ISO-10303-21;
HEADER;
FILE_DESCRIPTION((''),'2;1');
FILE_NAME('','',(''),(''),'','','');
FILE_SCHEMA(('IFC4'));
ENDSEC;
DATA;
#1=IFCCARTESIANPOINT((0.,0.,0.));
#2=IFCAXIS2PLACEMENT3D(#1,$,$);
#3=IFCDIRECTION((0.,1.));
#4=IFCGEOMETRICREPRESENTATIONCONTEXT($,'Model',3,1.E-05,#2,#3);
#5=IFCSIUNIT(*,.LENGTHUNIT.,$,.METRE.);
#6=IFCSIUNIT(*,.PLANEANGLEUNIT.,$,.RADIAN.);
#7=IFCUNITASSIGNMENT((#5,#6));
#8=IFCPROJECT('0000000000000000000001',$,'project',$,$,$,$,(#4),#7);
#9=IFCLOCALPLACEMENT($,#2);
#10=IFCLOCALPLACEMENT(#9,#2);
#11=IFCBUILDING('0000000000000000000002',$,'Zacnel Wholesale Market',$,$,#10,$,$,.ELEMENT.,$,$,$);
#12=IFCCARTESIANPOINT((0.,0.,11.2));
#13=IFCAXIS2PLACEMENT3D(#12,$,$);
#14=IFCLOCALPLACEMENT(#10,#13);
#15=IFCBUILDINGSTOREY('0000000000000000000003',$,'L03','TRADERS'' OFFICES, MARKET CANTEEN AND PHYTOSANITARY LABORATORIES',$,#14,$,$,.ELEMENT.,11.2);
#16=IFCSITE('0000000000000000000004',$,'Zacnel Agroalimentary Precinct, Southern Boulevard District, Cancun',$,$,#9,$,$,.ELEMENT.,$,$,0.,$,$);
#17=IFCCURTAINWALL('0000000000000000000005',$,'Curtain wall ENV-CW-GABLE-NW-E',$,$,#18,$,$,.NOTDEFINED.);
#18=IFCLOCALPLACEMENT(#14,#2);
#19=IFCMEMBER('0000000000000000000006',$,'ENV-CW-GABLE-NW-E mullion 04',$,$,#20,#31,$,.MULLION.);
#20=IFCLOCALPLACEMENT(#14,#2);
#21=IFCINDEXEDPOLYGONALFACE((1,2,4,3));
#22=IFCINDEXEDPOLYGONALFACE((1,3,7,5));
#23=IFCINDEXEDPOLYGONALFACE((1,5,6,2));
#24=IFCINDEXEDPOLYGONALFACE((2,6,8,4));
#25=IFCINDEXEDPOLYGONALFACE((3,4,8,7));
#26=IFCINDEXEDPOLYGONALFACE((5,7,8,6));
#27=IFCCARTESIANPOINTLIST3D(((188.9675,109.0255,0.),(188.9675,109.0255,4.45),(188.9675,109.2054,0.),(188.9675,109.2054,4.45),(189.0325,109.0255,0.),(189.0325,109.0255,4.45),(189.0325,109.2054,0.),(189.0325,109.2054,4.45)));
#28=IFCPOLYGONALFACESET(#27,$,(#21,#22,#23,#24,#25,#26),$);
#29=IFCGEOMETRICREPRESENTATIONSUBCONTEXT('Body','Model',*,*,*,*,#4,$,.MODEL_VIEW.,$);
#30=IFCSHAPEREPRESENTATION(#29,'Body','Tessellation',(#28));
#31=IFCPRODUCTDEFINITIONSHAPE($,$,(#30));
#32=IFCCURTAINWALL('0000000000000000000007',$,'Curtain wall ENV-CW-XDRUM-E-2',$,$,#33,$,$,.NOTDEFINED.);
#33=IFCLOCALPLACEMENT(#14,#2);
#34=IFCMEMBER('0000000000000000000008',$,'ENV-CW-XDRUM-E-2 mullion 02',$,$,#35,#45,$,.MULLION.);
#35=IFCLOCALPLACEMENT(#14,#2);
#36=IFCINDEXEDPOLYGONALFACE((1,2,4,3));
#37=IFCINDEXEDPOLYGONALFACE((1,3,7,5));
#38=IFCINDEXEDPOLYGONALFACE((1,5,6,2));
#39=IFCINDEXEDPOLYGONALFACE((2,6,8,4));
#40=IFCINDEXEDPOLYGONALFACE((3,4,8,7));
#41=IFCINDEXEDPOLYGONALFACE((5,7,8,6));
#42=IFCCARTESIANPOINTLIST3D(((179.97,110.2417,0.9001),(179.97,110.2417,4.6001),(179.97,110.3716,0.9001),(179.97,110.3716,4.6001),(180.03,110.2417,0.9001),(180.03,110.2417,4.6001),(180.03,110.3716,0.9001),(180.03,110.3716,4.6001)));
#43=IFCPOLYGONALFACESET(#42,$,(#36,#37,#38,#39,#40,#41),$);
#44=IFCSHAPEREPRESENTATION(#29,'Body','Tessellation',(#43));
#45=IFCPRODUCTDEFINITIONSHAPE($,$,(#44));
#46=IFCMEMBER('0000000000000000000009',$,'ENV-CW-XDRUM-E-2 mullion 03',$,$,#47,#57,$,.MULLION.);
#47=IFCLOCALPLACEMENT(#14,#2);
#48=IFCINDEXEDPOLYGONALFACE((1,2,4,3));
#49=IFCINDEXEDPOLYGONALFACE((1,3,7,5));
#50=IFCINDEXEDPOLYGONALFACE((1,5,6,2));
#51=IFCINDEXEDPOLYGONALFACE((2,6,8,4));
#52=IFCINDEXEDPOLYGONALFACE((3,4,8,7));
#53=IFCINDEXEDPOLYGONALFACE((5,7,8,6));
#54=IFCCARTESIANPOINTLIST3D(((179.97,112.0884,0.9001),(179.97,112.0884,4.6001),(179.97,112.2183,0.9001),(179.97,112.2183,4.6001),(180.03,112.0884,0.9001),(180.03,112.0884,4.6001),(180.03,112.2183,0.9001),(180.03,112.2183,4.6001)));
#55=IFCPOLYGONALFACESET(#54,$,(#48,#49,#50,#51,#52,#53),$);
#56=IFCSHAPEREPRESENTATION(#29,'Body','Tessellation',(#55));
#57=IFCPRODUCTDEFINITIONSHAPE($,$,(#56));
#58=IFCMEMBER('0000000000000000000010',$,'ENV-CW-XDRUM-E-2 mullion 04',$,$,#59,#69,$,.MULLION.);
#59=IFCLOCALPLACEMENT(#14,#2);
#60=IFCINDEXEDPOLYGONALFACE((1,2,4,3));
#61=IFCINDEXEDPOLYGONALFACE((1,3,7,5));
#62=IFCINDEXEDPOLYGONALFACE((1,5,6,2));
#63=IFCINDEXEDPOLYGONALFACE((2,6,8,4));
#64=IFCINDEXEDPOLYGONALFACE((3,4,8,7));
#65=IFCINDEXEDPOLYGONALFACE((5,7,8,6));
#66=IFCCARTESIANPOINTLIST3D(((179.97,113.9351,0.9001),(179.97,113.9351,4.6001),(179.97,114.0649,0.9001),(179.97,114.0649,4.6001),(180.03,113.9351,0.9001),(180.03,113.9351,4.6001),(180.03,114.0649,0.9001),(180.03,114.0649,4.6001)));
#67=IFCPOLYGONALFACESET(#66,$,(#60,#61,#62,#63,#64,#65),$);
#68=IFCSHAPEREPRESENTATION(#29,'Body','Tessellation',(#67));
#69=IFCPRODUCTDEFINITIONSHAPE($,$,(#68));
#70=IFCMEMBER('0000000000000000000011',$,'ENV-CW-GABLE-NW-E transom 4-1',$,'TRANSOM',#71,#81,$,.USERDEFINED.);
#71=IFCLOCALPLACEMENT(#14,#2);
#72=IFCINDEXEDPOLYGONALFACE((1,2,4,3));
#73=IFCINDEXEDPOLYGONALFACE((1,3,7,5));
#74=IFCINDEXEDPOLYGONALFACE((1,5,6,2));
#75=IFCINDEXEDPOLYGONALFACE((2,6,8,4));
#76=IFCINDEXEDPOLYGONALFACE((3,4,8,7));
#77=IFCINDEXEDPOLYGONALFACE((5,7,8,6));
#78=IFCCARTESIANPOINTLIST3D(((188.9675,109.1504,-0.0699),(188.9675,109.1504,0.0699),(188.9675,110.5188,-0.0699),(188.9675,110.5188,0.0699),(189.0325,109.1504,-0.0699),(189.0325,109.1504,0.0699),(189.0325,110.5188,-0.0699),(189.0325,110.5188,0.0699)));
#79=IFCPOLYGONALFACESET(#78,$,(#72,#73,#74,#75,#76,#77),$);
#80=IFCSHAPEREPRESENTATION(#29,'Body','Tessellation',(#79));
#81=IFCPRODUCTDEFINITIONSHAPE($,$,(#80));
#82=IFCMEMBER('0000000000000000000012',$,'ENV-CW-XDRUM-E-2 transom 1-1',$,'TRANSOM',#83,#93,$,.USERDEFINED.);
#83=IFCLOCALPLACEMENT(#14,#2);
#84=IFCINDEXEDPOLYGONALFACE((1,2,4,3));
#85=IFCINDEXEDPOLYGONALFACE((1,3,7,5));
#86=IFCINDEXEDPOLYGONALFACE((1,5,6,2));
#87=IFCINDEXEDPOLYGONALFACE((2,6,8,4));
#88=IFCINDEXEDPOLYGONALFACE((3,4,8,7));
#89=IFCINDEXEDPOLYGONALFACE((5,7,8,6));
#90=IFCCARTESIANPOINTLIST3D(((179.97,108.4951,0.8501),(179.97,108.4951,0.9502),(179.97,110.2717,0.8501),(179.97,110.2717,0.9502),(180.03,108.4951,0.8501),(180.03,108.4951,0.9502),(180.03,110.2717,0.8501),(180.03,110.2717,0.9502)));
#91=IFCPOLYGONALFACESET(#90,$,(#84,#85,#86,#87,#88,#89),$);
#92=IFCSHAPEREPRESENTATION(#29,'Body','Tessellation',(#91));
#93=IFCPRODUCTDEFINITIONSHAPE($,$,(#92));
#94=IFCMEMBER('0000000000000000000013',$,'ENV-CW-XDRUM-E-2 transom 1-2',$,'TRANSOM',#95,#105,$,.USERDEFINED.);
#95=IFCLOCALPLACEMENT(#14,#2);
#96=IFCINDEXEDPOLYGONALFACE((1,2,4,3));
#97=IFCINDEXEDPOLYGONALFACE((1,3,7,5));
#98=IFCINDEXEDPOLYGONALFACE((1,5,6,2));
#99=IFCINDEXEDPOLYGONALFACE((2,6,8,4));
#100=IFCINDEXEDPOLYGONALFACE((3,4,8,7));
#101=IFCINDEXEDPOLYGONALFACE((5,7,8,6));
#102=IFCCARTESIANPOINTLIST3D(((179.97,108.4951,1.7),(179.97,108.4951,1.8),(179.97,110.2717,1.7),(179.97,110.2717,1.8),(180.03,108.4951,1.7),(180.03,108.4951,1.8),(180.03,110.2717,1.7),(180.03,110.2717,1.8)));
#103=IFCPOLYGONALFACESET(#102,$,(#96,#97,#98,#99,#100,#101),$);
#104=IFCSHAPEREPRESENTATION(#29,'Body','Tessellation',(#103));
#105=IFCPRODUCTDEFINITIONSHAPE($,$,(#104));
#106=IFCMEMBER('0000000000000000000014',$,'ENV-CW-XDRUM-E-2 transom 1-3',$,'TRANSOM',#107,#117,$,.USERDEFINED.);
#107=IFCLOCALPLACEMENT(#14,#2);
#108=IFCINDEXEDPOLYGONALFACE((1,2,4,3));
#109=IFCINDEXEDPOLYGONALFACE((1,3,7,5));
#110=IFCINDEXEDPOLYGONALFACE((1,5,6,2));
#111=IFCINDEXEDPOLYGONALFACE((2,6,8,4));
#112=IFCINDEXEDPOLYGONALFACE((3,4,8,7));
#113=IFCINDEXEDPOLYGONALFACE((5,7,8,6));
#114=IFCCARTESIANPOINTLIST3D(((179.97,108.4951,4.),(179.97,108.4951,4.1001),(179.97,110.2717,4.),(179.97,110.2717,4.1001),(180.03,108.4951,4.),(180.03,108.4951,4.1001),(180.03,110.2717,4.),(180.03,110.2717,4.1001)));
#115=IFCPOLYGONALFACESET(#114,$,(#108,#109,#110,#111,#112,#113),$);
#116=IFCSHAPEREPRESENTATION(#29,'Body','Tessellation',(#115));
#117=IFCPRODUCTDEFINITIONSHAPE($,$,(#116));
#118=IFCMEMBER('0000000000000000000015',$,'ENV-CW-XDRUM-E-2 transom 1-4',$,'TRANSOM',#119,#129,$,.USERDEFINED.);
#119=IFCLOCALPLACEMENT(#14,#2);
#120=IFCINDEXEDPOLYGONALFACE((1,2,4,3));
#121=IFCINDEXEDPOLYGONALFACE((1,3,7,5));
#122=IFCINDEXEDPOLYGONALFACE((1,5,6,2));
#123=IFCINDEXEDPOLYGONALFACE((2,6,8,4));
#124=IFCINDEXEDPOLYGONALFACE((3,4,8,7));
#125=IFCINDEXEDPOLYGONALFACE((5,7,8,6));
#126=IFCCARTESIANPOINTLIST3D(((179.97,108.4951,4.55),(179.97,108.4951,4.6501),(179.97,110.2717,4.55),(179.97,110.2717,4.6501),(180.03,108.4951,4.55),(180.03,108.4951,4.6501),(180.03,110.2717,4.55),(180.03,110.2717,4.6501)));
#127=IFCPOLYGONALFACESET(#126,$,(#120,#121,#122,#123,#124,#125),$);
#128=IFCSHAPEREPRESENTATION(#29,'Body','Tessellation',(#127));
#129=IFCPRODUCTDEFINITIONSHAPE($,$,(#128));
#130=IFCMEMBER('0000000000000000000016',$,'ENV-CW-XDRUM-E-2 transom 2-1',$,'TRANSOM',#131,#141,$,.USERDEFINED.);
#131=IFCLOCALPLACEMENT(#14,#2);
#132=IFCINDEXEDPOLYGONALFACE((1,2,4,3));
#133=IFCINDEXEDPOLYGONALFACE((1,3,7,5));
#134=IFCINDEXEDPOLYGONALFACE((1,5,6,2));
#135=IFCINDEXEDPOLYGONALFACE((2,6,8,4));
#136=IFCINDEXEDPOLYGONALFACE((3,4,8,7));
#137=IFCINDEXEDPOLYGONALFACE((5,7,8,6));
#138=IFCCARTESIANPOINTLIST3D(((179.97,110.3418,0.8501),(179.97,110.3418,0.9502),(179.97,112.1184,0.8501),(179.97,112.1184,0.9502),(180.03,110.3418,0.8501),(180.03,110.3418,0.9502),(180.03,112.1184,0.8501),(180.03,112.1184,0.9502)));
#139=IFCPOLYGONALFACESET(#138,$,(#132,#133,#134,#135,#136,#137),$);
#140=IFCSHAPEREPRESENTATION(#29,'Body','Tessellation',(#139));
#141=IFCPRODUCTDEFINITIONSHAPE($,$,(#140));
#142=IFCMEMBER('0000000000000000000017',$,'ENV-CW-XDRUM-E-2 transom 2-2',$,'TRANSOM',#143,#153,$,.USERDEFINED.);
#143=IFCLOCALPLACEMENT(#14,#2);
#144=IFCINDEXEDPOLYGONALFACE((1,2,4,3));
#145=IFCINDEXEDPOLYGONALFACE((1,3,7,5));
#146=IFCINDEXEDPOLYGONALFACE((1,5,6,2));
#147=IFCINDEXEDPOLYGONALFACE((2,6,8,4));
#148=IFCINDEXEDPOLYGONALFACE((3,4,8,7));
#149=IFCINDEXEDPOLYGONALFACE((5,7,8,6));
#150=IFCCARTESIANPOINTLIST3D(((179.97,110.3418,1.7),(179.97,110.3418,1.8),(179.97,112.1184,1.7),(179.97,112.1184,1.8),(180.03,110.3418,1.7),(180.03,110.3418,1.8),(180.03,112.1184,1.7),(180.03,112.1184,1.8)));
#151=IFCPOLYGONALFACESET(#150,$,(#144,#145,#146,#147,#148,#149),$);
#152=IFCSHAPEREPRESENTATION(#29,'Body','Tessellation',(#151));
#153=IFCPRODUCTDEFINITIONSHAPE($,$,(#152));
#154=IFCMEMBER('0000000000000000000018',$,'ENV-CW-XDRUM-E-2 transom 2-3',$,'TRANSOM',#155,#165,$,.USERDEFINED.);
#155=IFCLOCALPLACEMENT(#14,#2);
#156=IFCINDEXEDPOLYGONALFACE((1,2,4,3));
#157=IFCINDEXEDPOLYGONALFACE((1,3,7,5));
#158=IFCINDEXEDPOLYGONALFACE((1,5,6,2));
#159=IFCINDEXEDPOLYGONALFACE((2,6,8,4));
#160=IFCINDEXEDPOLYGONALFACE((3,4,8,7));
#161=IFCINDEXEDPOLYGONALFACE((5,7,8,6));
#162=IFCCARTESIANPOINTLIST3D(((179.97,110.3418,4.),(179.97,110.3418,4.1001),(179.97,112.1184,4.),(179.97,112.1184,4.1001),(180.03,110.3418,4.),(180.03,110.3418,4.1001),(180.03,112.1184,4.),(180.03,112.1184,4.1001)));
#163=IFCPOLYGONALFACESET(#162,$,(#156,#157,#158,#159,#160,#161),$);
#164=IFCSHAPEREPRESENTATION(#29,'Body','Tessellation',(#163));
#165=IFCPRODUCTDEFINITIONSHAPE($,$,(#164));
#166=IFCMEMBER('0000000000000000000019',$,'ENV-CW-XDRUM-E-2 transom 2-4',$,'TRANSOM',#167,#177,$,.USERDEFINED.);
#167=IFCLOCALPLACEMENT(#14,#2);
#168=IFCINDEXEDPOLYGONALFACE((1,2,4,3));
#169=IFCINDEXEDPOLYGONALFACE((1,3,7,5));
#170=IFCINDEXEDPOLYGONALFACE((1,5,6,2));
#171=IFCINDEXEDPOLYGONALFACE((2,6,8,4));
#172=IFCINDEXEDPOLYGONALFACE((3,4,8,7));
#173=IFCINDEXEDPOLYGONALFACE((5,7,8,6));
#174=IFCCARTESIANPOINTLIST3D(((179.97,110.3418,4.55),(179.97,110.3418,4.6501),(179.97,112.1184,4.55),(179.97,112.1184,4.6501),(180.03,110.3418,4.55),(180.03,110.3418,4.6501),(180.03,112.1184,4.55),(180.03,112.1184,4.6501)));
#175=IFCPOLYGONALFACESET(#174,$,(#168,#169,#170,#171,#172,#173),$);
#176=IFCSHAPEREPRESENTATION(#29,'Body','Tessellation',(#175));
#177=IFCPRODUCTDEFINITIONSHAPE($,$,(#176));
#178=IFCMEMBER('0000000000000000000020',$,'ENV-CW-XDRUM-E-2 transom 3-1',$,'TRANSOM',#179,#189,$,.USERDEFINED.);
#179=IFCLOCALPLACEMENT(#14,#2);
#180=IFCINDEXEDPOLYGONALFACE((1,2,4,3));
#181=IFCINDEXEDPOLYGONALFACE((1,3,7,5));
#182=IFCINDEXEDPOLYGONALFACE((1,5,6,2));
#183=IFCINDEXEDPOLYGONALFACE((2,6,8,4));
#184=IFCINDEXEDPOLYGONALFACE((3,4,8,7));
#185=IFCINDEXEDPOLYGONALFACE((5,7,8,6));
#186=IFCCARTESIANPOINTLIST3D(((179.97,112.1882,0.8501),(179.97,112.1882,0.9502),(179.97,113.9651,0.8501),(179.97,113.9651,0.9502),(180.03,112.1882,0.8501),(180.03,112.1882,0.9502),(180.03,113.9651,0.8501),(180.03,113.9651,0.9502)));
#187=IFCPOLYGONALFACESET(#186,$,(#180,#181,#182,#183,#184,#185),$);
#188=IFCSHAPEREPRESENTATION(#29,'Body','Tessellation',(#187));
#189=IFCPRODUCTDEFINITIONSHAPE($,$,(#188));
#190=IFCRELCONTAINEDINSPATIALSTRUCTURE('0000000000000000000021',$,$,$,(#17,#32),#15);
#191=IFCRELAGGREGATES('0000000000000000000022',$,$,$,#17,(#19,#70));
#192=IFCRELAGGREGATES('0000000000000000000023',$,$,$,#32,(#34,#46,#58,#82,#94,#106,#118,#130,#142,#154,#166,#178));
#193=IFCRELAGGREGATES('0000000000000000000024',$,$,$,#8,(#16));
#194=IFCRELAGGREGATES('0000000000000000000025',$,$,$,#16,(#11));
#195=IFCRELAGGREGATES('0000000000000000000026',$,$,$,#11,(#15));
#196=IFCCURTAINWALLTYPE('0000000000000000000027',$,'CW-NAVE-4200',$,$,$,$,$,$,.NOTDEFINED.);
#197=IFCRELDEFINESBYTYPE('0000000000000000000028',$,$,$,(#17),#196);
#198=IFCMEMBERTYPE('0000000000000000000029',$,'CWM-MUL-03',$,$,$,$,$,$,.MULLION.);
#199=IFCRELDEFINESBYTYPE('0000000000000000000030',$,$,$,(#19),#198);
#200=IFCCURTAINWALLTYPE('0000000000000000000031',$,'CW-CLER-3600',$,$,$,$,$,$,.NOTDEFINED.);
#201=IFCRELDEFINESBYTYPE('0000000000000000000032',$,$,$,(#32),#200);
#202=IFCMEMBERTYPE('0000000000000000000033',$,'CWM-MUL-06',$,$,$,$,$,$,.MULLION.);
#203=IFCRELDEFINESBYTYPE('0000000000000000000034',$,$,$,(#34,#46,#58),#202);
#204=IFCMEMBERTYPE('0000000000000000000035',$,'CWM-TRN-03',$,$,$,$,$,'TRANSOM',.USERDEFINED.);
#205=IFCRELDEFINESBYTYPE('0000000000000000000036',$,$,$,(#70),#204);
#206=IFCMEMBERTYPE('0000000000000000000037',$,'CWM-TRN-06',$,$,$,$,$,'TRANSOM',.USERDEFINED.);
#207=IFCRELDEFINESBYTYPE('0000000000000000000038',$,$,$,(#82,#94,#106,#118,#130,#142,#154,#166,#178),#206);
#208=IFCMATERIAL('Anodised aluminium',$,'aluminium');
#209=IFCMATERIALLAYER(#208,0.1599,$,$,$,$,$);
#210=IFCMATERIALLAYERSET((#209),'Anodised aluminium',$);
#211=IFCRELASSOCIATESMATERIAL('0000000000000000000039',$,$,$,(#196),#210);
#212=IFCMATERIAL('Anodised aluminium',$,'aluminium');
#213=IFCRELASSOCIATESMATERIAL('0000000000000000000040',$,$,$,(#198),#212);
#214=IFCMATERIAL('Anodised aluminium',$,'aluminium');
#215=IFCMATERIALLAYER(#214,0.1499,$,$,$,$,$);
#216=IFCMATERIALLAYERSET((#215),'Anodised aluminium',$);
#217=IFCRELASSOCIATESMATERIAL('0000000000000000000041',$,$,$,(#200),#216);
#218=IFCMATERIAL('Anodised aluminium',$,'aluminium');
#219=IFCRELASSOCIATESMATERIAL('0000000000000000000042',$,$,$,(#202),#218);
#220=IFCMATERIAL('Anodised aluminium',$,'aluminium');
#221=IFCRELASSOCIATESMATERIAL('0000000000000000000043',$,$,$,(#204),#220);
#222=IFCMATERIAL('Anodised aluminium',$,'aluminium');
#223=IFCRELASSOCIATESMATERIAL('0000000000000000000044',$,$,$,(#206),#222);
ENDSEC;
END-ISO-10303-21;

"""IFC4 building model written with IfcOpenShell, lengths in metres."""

from ifc_helpers import new_model, si_unit, direction, frame, origin, origin_2d, place, context, subcontext, project, spatial, rectangle, extrude, material, layer, layer_set, material_profile, profile_set, type_object, element, aggregate, save


model = new_model("IFC4")

# Units and contexts
model_context = context("Model", 3, precision=1e-05, world=origin(), true_north=direction((0.0, 1.0)))
body_context = subcontext(model_context, "Body", "Model", "MODEL_VIEW")
ifc_project = project(units=[si_unit("LENGTHUNIT", "METRE"), si_unit("PLANEANGLEUNIT", "RADIAN")], contexts=[model_context])

# Site, building, storey
site_placement = place(None, origin())
site = spatial("IfcSite", under=ifc_project, at=site_placement, Name="Zacnel Agroalimentary Precinct, Southern Boulevard District, Cancun", CompositionType="ELEMENT", RefElevation=0.0)
building_placement = place(site_placement, origin())
building = spatial("IfcBuilding", under=site, at=building_placement, Name="Zacnel Wholesale Market", CompositionType="ELEMENT")
storey_placement = place(building_placement, frame((0.0, 0.0, 11.2)))
storey = spatial("IfcBuildingStorey", under=building, at=storey_placement, Name="L03", Description="TRADERS' OFFICES, MARKET CANTEEN AND PHYTOSANITARY LABORATORIES", CompositionType="ELEMENT", Elevation=11.2)

# Curtain wall, member
ifc_material_1 = material(Name="Anodised aluminium", Category="aluminium")
ifc_layer_1 = layer(ifc_material_1, 0.1599)
ifc_layer_set_1 = layer_set([ifc_layer_1], Name="Anodised aluminium")
curtain_wall_type_1 = type_object("IfcCurtainWallType", Name="CW-NAVE-4200", PredefinedType="NOTDEFINED", material=ifc_layer_set_1)
curtain_wall_1_placement = place(storey_placement, origin())
curtain_wall_1 = element("IfcCurtainWall", 1, at=curtain_wall_1_placement, inside=storey, type_object=curtain_wall_type_1, Name="Curtain wall ENV-CW-GABLE-NW-E", PredefinedType="NOTDEFINED")
ifc_material_2 = material(Name="Anodised aluminium", Category="aluminium")
ifc_material_profile_1 = material_profile(ifc_material_2, rectangle(XDim=0.0649, YDim=0.1799, at=origin_2d()), Name="AW-MULLION 65x180")
ifc_profile_set_1 = profile_set([ifc_material_profile_1], Name="Anodised aluminium")
member_type_1 = type_object("IfcMemberType", Name="CWM-MUL-03", PredefinedType="MULLION", material=ifc_profile_set_1)
member_1_placement = place(storey_placement, frame((189.0, 109.1155, 0.0), z_axis=(0.0, 0.0, 1.0), x_axis=(1.0, 0.0, 0.0)))
member_1 = element("IfcMember", 2, at=member_1_placement, type_object=member_type_1, Name="ENV-CW-GABLE-NW-E mullion 04", PredefinedType="MULLION", context=body_context, shape_type="SweptSolid", body=[
    extrude(rectangle(XDim=0.0649, YDim=0.1799, at=origin_2d()), origin(), (0.0, 0.0, 1.0), 4.45),
])

# Curtain wall, members
ifc_material_3 = material(Name="Anodised aluminium", Category="aluminium")
ifc_layer_2 = layer(ifc_material_3, 0.1499)
ifc_layer_set_2 = layer_set([ifc_layer_2], Name="Anodised aluminium")
curtain_wall_type_2 = type_object("IfcCurtainWallType", Name="CW-CLER-3600", PredefinedType="NOTDEFINED", material=ifc_layer_set_2)
curtain_wall_2_placement = place(storey_placement, origin())
curtain_wall_2 = element("IfcCurtainWall", 3, at=curtain_wall_2_placement, inside=storey, type_object=curtain_wall_type_2, Name="Curtain wall ENV-CW-XDRUM-E-2", PredefinedType="NOTDEFINED")
ifc_material_4 = material(Name="Anodised aluminium", Category="aluminium")
ifc_material_profile_2 = material_profile(ifc_material_4, rectangle(XDim=0.0601, YDim=0.1299, at=origin_2d()), Name="AW-MULLION 60x130")
ifc_profile_set_2 = profile_set([ifc_material_profile_2], Name="Anodised aluminium")
member_type_2 = type_object("IfcMemberType", Name="CWM-MUL-06", PredefinedType="MULLION", material=ifc_profile_set_2)
member_2_placement = place(storey_placement, frame((180.0, 110.3066, 0.9001), z_axis=(0.0, 0.0, 1.0), x_axis=(1.0, 0.0, 0.0)))
member_2 = element("IfcMember", 4, at=member_2_placement, type_object=member_type_2, Name="ENV-CW-XDRUM-E-2 mullion 02", PredefinedType="MULLION", context=body_context, shape_type="SweptSolid", body=[
    extrude(rectangle(XDim=0.0601, YDim=0.1299, at=origin_2d()), origin(), (0.0, 0.0, 1.0), 3.7),
])
member_3_placement = place(storey_placement, frame((180.0, 112.1533, 0.9001), z_axis=(0.0, 0.0, 1.0), x_axis=(1.0, 0.0, 0.0)))
member_3 = element("IfcMember", 5, at=member_3_placement, type_object=member_type_2, Name="ENV-CW-XDRUM-E-2 mullion 03", PredefinedType="MULLION", context=body_context, shape_type="SweptSolid", body=[
    extrude(rectangle(XDim=0.0601, YDim=0.1299, at=origin_2d()), origin(), (0.0, 0.0, 1.0), 3.7),
])
member_4_placement = place(storey_placement, frame((180.0, 114.0, 0.9001), z_axis=(0.0, 0.0, 1.0), x_axis=(1.0, 0.0, 0.0)))
member_4 = element("IfcMember", 6, at=member_4_placement, type_object=member_type_2, Name="ENV-CW-XDRUM-E-2 mullion 04", PredefinedType="MULLION", context=body_context, shape_type="SweptSolid", body=[
    extrude(rectangle(XDim=0.0601, YDim=0.1299, at=origin_2d()), origin(), (0.0, 0.0, 1.0), 3.7),
])

# Members
ifc_material_5 = material(Name="Anodised aluminium", Category="aluminium")
ifc_material_profile_3 = material_profile(ifc_material_5, rectangle(XDim=0.0649, YDim=0.1399, at=origin_2d()), Name="AW-TRANSOM 65x140")
ifc_profile_set_3 = profile_set([ifc_material_profile_3], Name="Anodised aluminium")
member_type_3 = type_object("IfcMemberType", Name="CWM-TRN-03", ElementType="TRANSOM", PredefinedType="USERDEFINED", material=ifc_profile_set_3)
member_5_placement = place(storey_placement, frame((189.0, 109.1504, 0.0), z_axis=(0.0, 1.0, 0.0), x_axis=(-1.0, 0.0, 0.0)))
member_5 = element("IfcMember", 7, at=member_5_placement, type_object=member_type_3, Name="ENV-CW-GABLE-NW-E transom 4-1", ObjectType="TRANSOM", PredefinedType="USERDEFINED", context=body_context, shape_type="SweptSolid", body=[
    extrude(rectangle(XDim=0.0649, YDim=0.1399, at=origin_2d()), origin(), (0.0, 0.0, 1.0), 1.3684),
])
ifc_material_6 = material(Name="Anodised aluminium", Category="aluminium")
ifc_material_profile_4 = material_profile(ifc_material_6, rectangle(XDim=0.0601, YDim=0.1001, at=origin_2d()), Name="AW-TRANSOM 60x100")
ifc_profile_set_4 = profile_set([ifc_material_profile_4], Name="Anodised aluminium")
member_type_4 = type_object("IfcMemberType", Name="CWM-TRN-06", ElementType="TRANSOM", PredefinedType="USERDEFINED", material=ifc_profile_set_4)
member_6_placement = place(storey_placement, frame((180.0, 108.4951, 0.9001), z_axis=(0.0, 1.0, 0.0), x_axis=(-1.0, 0.0, 0.0)))
member_6 = element("IfcMember", 8, at=member_6_placement, type_object=member_type_4, Name="ENV-CW-XDRUM-E-2 transom 1-1", ObjectType="TRANSOM", PredefinedType="USERDEFINED", context=body_context, shape_type="SweptSolid", body=[
    extrude(rectangle(XDim=0.0601, YDim=0.1001, at=origin_2d()), origin(), (0.0, 0.0, 1.0), 1.7766),
])
member_7_placement = place(storey_placement, frame((180.0, 108.4951, 1.75), z_axis=(0.0, 1.0, 0.0), x_axis=(-1.0, 0.0, 0.0)))
member_7 = element("IfcMember", 9, at=member_7_placement, type_object=member_type_4, Name="ENV-CW-XDRUM-E-2 transom 1-2", ObjectType="TRANSOM", PredefinedType="USERDEFINED", context=body_context, shape_type="SweptSolid", body=[
    extrude(rectangle(XDim=0.0601, YDim=0.1001, at=origin_2d()), origin(), (0.0, 0.0, 1.0), 1.7766),
])
member_8_placement = place(storey_placement, frame((180.0, 108.4951, 4.05), z_axis=(0.0, 1.0, 0.0), x_axis=(-1.0, 0.0, 0.0)))
member_8 = element("IfcMember", 10, at=member_8_placement, type_object=member_type_4, Name="ENV-CW-XDRUM-E-2 transom 1-3", ObjectType="TRANSOM", PredefinedType="USERDEFINED", context=body_context, shape_type="SweptSolid", body=[
    extrude(rectangle(XDim=0.0601, YDim=0.1001, at=origin_2d()), origin(), (0.0, 0.0, 1.0), 1.7766),
])
member_9_placement = place(storey_placement, frame((180.0, 108.4951, 4.6001), z_axis=(0.0, 1.0, 0.0), x_axis=(-1.0, 0.0, 0.0)))
member_9 = element("IfcMember", 11, at=member_9_placement, type_object=member_type_4, Name="ENV-CW-XDRUM-E-2 transom 1-4", ObjectType="TRANSOM", PredefinedType="USERDEFINED", context=body_context, shape_type="SweptSolid", body=[
    extrude(rectangle(XDim=0.0601, YDim=0.1001, at=origin_2d()), origin(), (0.0, 0.0, 1.0), 1.7766),
])
member_10_placement = place(storey_placement, frame((180.0, 110.3418, 0.9001), z_axis=(0.0, 1.0, 0.0), x_axis=(-1.0, 0.0, 0.0)))
member_10 = element("IfcMember", 12, at=member_10_placement, type_object=member_type_4, Name="ENV-CW-XDRUM-E-2 transom 2-1", ObjectType="TRANSOM", PredefinedType="USERDEFINED", context=body_context, shape_type="SweptSolid", body=[
    extrude(rectangle(XDim=0.0601, YDim=0.1001, at=origin_2d()), origin(), (0.0, 0.0, 1.0), 1.7766),
])
member_11_placement = place(storey_placement, frame((180.0, 110.3418, 1.75), z_axis=(0.0, 1.0, 0.0), x_axis=(-1.0, 0.0, 0.0)))
member_11 = element("IfcMember", 13, at=member_11_placement, type_object=member_type_4, Name="ENV-CW-XDRUM-E-2 transom 2-2", ObjectType="TRANSOM", PredefinedType="USERDEFINED", context=body_context, shape_type="SweptSolid", body=[
    extrude(rectangle(XDim=0.0601, YDim=0.1001, at=origin_2d()), origin(), (0.0, 0.0, 1.0), 1.7766),
])
member_12_placement = place(storey_placement, frame((180.0, 110.3418, 4.05), z_axis=(0.0, 1.0, 0.0), x_axis=(-1.0, 0.0, 0.0)))
member_12 = element("IfcMember", 14, at=member_12_placement, type_object=member_type_4, Name="ENV-CW-XDRUM-E-2 transom 2-3", ObjectType="TRANSOM", PredefinedType="USERDEFINED", context=body_context, shape_type="SweptSolid", body=[
    extrude(rectangle(XDim=0.0601, YDim=0.1001, at=origin_2d()), origin(), (0.0, 0.0, 1.0), 1.7766),
])
member_13_placement = place(storey_placement, frame((180.0, 110.3418, 4.6001), z_axis=(0.0, 1.0, 0.0), x_axis=(-1.0, 0.0, 0.0)))
member_13 = element("IfcMember", 15, at=member_13_placement, type_object=member_type_4, Name="ENV-CW-XDRUM-E-2 transom 2-4", ObjectType="TRANSOM", PredefinedType="USERDEFINED", context=body_context, shape_type="SweptSolid", body=[
    extrude(rectangle(XDim=0.0601, YDim=0.1001, at=origin_2d()), origin(), (0.0, 0.0, 1.0), 1.7766),
])
member_14_placement = place(storey_placement, frame((180.0, 112.1882, 0.9001), z_axis=(0.0, 1.0, 0.0), x_axis=(-1.0, 0.0, 0.0)))
member_14 = element("IfcMember", 16, at=member_14_placement, type_object=member_type_4, Name="ENV-CW-XDRUM-E-2 transom 3-1", ObjectType="TRANSOM", PredefinedType="USERDEFINED", context=body_context, shape_type="SweptSolid", body=[
    extrude(rectangle(XDim=0.0601, YDim=0.1001, at=origin_2d()), origin(), (0.0, 0.0, 1.0), 1.7769),
])

aggregate(curtain_wall_1, [member_1, member_5])
aggregate(curtain_wall_2, [member_2, member_3, member_4, member_6, member_7, member_8, member_9, member_10, member_11, member_12, member_13, member_14])

save(model, "model.ifc")
